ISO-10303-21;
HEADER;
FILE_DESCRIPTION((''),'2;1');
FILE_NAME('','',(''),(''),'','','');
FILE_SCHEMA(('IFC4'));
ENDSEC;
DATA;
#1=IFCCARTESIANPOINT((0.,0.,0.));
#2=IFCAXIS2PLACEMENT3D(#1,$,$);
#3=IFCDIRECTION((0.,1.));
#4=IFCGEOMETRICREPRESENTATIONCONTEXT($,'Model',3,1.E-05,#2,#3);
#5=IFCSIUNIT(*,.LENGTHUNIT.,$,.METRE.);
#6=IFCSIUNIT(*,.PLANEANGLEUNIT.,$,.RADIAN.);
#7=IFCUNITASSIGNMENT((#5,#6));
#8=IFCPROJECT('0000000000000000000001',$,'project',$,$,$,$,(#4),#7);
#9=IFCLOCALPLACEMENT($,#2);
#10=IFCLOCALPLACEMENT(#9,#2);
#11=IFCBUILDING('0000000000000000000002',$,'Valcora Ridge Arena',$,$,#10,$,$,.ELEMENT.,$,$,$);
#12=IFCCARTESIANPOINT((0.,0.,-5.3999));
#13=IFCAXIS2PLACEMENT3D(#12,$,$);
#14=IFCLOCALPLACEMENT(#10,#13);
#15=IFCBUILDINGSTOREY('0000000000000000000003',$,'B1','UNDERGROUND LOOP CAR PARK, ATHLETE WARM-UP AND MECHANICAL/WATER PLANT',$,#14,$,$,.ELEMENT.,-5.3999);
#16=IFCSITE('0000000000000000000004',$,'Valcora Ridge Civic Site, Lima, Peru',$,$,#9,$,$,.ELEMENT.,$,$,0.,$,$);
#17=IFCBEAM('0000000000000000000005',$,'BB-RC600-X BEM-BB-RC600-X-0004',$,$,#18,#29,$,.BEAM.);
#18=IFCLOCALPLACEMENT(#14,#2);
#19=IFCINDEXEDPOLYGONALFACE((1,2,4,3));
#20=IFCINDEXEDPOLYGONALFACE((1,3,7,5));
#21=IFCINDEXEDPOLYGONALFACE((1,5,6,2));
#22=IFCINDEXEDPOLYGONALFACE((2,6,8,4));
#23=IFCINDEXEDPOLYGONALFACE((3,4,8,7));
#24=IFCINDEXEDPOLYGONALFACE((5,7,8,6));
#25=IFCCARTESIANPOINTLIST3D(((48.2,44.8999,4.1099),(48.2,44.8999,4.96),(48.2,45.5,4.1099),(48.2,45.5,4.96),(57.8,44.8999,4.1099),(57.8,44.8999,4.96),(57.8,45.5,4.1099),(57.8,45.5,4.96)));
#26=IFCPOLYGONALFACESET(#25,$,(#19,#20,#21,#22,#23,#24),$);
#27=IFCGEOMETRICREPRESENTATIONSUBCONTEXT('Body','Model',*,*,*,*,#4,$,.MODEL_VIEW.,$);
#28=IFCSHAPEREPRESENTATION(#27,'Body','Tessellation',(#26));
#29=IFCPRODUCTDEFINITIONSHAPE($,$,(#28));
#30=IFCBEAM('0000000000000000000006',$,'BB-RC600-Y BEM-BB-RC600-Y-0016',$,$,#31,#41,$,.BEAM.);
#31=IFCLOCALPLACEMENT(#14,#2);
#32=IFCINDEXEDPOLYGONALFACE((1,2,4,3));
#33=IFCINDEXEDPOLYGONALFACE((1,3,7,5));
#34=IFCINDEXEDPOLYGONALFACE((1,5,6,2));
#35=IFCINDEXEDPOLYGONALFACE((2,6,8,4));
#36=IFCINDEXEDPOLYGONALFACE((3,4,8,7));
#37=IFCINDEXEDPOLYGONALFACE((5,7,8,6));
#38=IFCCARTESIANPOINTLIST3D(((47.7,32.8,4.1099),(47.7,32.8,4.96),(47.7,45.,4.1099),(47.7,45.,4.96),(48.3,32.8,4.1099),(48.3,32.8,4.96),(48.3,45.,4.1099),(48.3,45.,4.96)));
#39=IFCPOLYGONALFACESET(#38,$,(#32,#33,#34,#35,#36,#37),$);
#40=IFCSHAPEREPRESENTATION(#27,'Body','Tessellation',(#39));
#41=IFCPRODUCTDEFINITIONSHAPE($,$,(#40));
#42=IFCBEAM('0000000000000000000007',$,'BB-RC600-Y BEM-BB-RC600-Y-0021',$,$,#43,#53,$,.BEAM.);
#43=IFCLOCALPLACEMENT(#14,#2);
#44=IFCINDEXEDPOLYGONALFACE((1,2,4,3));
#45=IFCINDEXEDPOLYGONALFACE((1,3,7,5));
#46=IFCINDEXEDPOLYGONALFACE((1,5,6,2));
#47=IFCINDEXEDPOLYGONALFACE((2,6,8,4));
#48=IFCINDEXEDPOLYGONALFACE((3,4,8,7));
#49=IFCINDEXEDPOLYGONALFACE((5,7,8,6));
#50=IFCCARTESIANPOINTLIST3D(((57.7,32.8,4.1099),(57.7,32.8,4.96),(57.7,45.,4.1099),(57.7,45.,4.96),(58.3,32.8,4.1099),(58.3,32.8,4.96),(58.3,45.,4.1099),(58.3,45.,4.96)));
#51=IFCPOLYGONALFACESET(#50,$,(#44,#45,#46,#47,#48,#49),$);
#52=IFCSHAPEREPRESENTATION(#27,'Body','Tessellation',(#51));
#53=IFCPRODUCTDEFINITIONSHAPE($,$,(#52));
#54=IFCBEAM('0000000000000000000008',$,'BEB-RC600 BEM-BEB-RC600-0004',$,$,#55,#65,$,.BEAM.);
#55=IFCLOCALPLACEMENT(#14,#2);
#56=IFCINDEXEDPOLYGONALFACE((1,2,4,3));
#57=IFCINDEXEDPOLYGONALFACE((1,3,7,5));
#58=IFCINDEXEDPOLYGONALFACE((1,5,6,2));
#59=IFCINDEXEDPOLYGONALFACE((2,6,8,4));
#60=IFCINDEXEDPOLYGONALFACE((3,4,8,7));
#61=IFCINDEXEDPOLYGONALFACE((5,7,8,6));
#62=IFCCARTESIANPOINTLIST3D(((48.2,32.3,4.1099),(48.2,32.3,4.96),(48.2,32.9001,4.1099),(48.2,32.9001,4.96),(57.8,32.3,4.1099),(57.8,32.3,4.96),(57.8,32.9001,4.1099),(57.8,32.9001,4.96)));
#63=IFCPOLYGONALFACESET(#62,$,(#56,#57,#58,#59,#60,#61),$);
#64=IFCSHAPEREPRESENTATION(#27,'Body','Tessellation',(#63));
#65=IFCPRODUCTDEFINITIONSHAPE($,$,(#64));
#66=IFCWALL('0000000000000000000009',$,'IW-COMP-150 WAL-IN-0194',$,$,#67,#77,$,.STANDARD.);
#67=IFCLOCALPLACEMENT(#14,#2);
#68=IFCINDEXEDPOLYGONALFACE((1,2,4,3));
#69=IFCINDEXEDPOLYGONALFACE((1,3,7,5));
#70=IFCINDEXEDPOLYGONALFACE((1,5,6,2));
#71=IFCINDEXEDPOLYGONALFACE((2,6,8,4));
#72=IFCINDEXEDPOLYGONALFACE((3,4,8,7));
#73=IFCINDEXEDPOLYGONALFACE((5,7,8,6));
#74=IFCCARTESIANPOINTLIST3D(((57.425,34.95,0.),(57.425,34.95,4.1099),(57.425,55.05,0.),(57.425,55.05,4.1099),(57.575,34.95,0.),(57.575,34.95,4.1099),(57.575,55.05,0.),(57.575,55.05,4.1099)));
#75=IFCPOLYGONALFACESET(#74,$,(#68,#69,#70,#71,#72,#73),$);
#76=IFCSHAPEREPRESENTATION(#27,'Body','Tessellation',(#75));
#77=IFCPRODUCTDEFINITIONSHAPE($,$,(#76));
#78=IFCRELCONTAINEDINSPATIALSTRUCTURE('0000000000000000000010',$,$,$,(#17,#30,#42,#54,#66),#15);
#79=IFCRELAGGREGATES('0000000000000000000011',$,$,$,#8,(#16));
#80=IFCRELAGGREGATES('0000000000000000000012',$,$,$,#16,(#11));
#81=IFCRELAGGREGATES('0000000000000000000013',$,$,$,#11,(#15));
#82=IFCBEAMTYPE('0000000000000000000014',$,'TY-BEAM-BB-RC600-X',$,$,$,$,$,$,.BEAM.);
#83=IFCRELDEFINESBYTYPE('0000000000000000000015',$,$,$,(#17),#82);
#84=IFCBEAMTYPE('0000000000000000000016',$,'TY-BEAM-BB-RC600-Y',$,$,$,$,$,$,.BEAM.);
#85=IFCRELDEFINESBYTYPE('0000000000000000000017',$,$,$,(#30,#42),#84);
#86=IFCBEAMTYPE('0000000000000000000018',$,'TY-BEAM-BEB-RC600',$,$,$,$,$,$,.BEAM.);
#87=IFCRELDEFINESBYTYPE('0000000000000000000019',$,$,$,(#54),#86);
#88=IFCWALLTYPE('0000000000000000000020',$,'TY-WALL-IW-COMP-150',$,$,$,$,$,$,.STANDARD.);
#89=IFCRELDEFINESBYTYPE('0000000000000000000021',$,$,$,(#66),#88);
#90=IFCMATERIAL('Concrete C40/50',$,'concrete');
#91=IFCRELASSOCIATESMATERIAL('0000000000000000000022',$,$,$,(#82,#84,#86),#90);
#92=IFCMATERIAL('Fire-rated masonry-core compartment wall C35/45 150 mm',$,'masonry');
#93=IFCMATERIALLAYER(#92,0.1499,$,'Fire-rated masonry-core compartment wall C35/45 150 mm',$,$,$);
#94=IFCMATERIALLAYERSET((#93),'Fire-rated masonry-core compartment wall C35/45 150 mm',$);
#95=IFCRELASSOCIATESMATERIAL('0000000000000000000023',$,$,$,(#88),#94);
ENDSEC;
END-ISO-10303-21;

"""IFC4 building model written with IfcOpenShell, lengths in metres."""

from ifc_helpers import new_model, si_unit, direction, frame, frame_2d, origin, origin_2d, place, context, subcontext, project, spatial, rectangle, extrude, material, layer, layer_set, material_profile, profile_set, type_object, element, save


model = new_model("IFC4")

# Units and contexts
model_context = context("Model", 3, precision=1e-05, world=origin(), true_north=direction((0.0, 1.0)))
body_context = subcontext(model_context, "Body", "Model", "MODEL_VIEW")
ifc_project = project(units=[si_unit("LENGTHUNIT", "METRE"), si_unit("PLANEANGLEUNIT", "RADIAN")], contexts=[model_context])

# Site, building, storey
site_placement = place(None, origin())
site = spatial("IfcSite", under=ifc_project, at=site_placement, Name="Valcora Ridge Civic Site, Lima, Peru", CompositionType="ELEMENT", RefElevation=0.0)
building_placement = place(site_placement, origin())
building = spatial("IfcBuilding", under=site, at=building_placement, Name="Valcora Ridge Arena", CompositionType="ELEMENT")
storey_placement = place(building_placement, frame((0.0, 0.0, -5.3999)))
storey = spatial("IfcBuildingStorey", under=building, at=storey_placement, Name="B1", Description="UNDERGROUND LOOP CAR PARK, ATHLETE WARM-UP AND MECHANICAL/WATER PLANT", CompositionType="ELEMENT", Elevation=-5.3999)

# Shared definitions
ifc_material_1 = material(Name="Concrete C40/50", Category="concrete")

# Beams
ifc_material_profile_1 = material_profile(ifc_material_1, rectangle(XDim=0.6001, YDim=0.8501, at=origin_2d()), Name="RC 600x850")
ifc_profile_set_1 = profile_set([ifc_material_profile_1], Name="Concrete C40/50")
beam_type_1 = type_object("IfcBeamType", Name="TY-BEAM-BB-RC600-X", PredefinedType="BEAM", material=ifc_profile_set_1)
beam_1_placement = place(storey_placement, frame((48.2, 45.2, 4.5349), z_axis=(1.0, 0.0, 0.0), x_axis=(0.0, 1.0, 0.0)))
element("IfcBeam", 1, at=beam_1_placement, inside=storey, type_object=beam_type_1, Name="BB-RC600-X BEM-BB-RC600-X-0004", PredefinedType="BEAM", context=body_context, shape_type="SweptSolid", body=[
    extrude(rectangle(XDim=0.6001, YDim=0.8501, at=origin_2d()), origin(), (0.0, 0.0, 1.0), 9.6001),
])
ifc_material_profile_2 = material_profile(ifc_material_1, rectangle(XDim=0.6001, YDim=0.8501, at=origin_2d()), Name="RC 600x850")
ifc_profile_set_2 = profile_set([ifc_material_profile_2], Name="Concrete C40/50")
beam_type_2 = type_object("IfcBeamType", Name="TY-BEAM-BB-RC600-Y", PredefinedType="BEAM", material=ifc_profile_set_2)
for number, where, z_axis, x_axis, name in (
    (2, (48.0, 32.8, 4.5349), (0.0, 1.0, 0.0), (-1.0, 0.0, 0.0), "BB-RC600-Y BEM-BB-RC600-Y-0016"),
    (3, (58.0, 32.8, 4.5349), (0.0, 1.0, 0.0), (-1.0, 0.0, 0.0), "BB-RC600-Y BEM-BB-RC600-Y-0021"),
):
    element("IfcBeam", number, at=place(storey_placement, frame(where, z_axis=z_axis, x_axis=x_axis)), inside=storey, type_object=beam_type_2, Name=name, PredefinedType="BEAM", context=body_context, shape_type="SweptSolid", body=[
        extrude(rectangle(XDim=0.6001, YDim=0.8501, at=origin_2d()), origin(), (0.0, 0.0, 1.0), 12.2),
    ])
ifc_material_profile_3 = material_profile(ifc_material_1, rectangle(XDim=0.6001, YDim=0.8501, at=origin_2d()), Name="RC 600x850")
ifc_profile_set_3 = profile_set([ifc_material_profile_3], Name="Concrete C40/50")
beam_type_3 = type_object("IfcBeamType", Name="TY-BEAM-BEB-RC600", PredefinedType="BEAM", material=ifc_profile_set_3)
beam_2_placement = place(storey_placement, frame((48.2, 32.6001, 4.5349), z_axis=(1.0, 0.0, 0.0), x_axis=(0.0, 1.0, 0.0)))
element("IfcBeam", 4, at=beam_2_placement, inside=storey, type_object=beam_type_3, Name="BEB-RC600 BEM-BEB-RC600-0004", PredefinedType="BEAM", context=body_context, shape_type="SweptSolid", body=[
    extrude(rectangle(XDim=0.6001, YDim=0.8501, at=origin_2d()), origin(), (0.0, 0.0, 1.0), 9.6001),
])

# Wall
ifc_material_2 = material(Name="Fire-rated masonry-core compartment wall C35/45 150 mm", Category="masonry")
ifc_layer_1 = layer(ifc_material_2, 0.1499, Name="Fire-rated masonry-core compartment wall C35/45 150 mm")
ifc_layer_set_1 = layer_set([ifc_layer_1], Name="Fire-rated masonry-core compartment wall C35/45 150 mm")
wall_type = type_object("IfcWallType", Name="TY-WALL-IW-COMP-150", PredefinedType="STANDARD", material=ifc_layer_set_1)
wall_placement = place(storey_placement, frame((57.5, 34.95, 0.0), z_axis=(0.0, 0.0, 1.0), x_axis=(0.0, 1.0, 0.0)))
element("IfcWall", 5, at=wall_placement, inside=storey, type_object=wall_type, Name="IW-COMP-150 WAL-IN-0194", PredefinedType="STANDARD", context=body_context, shape_type="SweptSolid", body=[
    extrude(rectangle(XDim=20.1001, YDim=0.1499, at=frame_2d((10.05, 0.0))), origin(), (0.0, 0.0, 1.0), 4.1099),
])

save(model, "model.ifc")
